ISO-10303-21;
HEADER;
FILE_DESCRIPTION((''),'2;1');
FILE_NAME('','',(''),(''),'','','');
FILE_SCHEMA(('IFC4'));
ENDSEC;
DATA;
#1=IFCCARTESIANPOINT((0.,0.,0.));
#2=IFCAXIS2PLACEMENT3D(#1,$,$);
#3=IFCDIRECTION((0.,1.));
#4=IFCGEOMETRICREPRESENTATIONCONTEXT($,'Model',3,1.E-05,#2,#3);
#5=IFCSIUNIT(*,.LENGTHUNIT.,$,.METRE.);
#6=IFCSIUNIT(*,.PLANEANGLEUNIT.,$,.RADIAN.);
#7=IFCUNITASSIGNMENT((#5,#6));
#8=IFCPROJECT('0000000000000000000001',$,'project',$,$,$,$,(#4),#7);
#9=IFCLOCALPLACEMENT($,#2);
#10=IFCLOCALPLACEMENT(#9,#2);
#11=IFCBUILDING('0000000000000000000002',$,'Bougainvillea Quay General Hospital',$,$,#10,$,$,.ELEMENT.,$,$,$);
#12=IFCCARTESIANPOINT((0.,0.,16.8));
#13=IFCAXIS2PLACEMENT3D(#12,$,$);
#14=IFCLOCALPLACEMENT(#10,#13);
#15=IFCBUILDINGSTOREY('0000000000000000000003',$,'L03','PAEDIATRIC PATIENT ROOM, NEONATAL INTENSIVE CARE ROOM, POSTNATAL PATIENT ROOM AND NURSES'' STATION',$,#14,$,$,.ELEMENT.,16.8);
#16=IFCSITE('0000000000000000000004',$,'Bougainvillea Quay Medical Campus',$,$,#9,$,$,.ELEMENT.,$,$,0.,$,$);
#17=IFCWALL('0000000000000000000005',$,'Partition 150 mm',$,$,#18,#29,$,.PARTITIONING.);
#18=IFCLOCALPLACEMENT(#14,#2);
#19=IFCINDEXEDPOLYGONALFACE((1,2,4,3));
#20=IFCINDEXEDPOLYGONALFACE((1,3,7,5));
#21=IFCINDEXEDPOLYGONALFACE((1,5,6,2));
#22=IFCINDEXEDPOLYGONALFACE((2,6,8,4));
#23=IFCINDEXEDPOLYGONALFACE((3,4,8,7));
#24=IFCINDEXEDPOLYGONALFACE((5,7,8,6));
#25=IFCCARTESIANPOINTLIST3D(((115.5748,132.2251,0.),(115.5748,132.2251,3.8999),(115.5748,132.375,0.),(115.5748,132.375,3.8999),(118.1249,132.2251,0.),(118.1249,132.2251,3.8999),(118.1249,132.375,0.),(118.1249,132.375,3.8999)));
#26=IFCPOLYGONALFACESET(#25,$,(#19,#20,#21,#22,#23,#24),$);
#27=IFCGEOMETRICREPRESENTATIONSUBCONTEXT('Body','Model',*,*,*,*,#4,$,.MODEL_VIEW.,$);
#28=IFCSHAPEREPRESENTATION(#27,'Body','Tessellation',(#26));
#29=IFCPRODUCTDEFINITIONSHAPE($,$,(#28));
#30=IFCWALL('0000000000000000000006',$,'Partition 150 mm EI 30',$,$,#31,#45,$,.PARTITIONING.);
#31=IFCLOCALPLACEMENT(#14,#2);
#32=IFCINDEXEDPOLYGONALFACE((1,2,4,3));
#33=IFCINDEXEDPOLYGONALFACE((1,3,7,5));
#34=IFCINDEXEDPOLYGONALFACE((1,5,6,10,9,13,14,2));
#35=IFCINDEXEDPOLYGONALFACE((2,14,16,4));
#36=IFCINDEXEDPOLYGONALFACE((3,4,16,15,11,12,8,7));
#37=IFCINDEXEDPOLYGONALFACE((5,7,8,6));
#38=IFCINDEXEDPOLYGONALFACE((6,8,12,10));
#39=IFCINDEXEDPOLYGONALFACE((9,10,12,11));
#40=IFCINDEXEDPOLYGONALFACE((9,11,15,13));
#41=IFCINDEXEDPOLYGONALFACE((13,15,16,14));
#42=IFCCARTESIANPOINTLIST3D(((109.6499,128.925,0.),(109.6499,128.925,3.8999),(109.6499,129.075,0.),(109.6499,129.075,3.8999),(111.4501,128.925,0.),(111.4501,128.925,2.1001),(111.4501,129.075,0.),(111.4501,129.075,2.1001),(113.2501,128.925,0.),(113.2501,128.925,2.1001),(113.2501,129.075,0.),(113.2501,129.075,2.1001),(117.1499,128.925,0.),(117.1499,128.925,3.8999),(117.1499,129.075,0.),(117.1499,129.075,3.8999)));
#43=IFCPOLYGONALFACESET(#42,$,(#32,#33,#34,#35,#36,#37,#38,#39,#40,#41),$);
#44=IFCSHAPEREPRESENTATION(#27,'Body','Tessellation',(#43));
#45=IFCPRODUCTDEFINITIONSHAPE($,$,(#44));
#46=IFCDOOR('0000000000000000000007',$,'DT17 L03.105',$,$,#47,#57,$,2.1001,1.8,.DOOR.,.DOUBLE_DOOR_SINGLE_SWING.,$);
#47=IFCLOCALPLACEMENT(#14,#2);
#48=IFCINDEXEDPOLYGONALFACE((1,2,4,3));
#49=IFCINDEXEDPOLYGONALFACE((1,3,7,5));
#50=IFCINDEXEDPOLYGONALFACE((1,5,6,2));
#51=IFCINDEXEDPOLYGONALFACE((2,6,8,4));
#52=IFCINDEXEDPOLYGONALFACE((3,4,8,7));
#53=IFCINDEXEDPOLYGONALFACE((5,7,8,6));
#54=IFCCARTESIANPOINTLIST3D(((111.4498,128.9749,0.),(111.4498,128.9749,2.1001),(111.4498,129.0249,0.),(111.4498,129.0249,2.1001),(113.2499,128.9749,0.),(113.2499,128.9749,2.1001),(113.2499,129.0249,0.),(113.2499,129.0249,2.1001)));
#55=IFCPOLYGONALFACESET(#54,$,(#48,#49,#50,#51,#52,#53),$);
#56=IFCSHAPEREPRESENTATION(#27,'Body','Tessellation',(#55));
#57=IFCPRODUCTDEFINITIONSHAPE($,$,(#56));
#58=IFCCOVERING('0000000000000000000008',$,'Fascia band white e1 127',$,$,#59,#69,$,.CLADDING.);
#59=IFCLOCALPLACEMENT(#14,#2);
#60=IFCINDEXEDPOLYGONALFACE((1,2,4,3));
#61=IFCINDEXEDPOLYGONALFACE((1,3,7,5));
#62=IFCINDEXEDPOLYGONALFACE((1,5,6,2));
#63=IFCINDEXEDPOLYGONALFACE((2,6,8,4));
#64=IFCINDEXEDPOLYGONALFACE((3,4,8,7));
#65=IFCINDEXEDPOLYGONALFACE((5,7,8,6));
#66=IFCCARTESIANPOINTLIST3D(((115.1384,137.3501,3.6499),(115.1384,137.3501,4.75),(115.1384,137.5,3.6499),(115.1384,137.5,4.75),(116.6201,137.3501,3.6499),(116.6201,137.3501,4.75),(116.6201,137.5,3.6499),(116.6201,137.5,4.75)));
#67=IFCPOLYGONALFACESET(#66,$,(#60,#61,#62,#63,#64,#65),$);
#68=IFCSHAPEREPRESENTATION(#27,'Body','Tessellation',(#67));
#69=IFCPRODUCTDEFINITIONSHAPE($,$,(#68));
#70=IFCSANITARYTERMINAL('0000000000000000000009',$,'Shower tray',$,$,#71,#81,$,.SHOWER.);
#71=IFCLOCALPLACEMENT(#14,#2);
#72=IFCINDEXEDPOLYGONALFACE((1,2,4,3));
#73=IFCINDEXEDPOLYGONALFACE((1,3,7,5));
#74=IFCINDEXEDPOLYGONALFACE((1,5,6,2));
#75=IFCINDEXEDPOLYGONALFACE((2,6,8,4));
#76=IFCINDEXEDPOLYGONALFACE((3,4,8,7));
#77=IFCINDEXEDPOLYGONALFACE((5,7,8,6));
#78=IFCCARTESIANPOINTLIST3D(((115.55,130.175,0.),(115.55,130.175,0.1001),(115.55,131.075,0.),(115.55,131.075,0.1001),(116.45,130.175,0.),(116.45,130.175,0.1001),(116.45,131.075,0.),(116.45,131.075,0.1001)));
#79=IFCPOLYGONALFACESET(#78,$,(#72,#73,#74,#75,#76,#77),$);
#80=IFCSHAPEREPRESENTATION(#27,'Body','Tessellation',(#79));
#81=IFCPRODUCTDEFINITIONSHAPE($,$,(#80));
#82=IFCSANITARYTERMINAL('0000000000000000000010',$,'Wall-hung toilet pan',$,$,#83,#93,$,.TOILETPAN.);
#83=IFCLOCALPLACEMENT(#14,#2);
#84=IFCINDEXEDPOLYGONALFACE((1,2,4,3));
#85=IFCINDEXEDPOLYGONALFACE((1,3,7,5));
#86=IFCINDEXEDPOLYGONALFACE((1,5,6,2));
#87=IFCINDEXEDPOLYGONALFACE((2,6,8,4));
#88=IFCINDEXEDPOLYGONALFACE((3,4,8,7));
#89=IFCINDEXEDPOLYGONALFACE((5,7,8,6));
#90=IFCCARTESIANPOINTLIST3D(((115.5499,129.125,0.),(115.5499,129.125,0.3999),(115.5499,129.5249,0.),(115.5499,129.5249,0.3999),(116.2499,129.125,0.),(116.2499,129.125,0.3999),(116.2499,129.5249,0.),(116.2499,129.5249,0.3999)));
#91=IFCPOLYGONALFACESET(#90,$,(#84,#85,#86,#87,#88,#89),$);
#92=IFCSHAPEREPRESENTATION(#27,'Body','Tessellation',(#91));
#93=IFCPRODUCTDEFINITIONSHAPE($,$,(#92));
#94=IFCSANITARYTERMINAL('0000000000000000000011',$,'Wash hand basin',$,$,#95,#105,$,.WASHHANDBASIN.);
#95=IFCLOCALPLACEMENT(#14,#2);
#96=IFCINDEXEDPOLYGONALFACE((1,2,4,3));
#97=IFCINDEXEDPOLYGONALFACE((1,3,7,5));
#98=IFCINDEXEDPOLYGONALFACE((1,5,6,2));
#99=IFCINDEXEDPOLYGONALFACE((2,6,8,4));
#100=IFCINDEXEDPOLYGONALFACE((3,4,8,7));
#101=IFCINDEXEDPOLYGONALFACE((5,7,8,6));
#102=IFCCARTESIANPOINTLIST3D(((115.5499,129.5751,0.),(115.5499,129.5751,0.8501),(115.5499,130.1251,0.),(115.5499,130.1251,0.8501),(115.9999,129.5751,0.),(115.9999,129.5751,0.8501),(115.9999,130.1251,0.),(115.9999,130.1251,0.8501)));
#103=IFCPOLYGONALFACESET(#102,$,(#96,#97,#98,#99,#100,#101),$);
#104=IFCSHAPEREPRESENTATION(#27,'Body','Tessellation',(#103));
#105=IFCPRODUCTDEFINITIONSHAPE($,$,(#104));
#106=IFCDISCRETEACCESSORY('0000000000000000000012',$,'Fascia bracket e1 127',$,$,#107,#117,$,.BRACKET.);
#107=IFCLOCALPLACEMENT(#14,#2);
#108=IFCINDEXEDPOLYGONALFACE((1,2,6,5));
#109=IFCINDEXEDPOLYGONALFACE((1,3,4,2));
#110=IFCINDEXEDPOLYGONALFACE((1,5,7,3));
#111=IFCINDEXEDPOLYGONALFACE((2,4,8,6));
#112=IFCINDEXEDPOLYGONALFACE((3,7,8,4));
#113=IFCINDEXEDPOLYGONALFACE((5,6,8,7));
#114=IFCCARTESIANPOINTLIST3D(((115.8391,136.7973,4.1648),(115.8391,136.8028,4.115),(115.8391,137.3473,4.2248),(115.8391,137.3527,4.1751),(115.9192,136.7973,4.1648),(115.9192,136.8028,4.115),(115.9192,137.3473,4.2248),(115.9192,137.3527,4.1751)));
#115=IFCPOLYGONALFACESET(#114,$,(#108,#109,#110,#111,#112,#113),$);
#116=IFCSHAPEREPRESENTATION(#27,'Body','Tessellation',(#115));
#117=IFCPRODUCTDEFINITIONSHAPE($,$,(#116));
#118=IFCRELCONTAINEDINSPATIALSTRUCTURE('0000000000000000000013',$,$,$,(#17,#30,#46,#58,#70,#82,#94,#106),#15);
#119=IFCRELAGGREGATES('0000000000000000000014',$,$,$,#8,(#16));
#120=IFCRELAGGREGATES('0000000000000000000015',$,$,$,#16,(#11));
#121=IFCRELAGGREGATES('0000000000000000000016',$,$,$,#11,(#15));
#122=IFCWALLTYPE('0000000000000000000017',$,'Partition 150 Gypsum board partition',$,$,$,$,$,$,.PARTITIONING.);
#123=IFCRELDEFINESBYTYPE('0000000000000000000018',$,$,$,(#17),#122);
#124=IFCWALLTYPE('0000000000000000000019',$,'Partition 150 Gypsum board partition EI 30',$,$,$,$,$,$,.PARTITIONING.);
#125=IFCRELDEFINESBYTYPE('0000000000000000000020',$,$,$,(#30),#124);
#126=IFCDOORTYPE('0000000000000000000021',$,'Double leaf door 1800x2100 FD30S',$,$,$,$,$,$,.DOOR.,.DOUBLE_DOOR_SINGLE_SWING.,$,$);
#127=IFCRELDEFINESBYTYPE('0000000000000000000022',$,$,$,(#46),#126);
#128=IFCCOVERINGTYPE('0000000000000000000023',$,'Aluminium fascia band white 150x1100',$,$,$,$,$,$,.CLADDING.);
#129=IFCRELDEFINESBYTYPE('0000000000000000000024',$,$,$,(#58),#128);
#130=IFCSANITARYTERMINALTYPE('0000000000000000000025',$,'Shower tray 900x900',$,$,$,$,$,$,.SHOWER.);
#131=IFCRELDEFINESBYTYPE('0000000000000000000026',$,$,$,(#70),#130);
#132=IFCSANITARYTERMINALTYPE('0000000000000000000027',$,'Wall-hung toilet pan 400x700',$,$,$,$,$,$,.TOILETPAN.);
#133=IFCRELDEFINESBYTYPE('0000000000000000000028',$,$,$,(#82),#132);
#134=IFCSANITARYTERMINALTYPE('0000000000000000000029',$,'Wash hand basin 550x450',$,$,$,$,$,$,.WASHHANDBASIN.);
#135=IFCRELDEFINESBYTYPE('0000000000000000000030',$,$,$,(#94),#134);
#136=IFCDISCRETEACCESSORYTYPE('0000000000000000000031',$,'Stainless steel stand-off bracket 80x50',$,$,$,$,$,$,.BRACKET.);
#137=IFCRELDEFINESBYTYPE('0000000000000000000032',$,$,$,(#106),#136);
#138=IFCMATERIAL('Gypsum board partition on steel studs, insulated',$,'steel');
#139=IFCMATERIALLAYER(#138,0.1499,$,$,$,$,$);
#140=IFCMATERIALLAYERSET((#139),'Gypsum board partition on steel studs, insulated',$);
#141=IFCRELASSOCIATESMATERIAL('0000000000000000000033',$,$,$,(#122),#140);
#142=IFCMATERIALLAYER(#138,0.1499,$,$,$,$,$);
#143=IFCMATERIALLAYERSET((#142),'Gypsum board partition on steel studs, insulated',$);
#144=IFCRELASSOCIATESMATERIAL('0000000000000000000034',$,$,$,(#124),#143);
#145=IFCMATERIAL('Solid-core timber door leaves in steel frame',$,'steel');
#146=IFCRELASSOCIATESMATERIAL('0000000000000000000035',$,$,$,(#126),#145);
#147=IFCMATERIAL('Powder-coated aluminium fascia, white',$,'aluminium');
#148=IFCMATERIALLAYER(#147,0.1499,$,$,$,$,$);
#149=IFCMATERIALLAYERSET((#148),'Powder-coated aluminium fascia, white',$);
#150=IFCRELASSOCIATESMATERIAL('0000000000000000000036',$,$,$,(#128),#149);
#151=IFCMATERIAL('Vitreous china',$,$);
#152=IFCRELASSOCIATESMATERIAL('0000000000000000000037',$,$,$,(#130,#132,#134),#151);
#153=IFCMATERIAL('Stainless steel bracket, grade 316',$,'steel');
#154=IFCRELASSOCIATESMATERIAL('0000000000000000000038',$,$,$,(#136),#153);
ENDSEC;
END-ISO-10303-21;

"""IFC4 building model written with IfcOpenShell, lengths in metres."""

from ifc_helpers import new_model, si_unit, direction, frame, frame_2d, origin, origin_2d, place, context, subcontext, project, spatial, polyline, rectangle, outline, extrude, material, layer, layer_set, material_profile, profile_set, type_object, element, fill, save


model = new_model("IFC4")

# Units and contexts
model_context = context("Model", 3, precision=1e-05, world=origin(), true_north=direction((0.0, 1.0)))
body_context = subcontext(model_context, "Body", "Model", "MODEL_VIEW")
ifc_project = project(units=[si_unit("LENGTHUNIT", "METRE"), si_unit("PLANEANGLEUNIT", "RADIAN")], contexts=[model_context])

# Site, building, storey
site_placement = place(None, origin())
site = spatial("IfcSite", under=ifc_project, at=site_placement, Name="Bougainvillea Quay Medical Campus", CompositionType="ELEMENT", RefElevation=0.0)
building_placement = place(site_placement, origin())
building = spatial("IfcBuilding", under=site, at=building_placement, Name="Bougainvillea Quay General Hospital", CompositionType="ELEMENT")
storey_placement = place(building_placement, frame((0.0, 0.0, 16.8)))
storey = spatial("IfcBuildingStorey", under=building, at=storey_placement, Name="L03", Description="PAEDIATRIC PATIENT ROOM, NEONATAL INTENSIVE CARE ROOM, POSTNATAL PATIENT ROOM AND NURSES' STATION", CompositionType="ELEMENT", Elevation=16.8)

# Wall
ifc_material_1 = material(Name="Gypsum board partition on steel studs, insulated", Category="steel")
ifc_layer_1 = layer(ifc_material_1, 0.1499)
ifc_layer_set_1 = layer_set([ifc_layer_1], Name="Gypsum board partition on steel studs, insulated")
wall_type_1 = type_object("IfcWallType", Name="Partition 150 Gypsum board partition", PredefinedType="PARTITIONING", material=ifc_layer_set_1)
wall_1_placement = place(storey_placement, frame((115.575, 132.3, 0.0), z_axis=(0.0, 0.0, 1.0), x_axis=(1.0, 0.0, 0.0)))
element("IfcWall", 1, at=wall_1_placement, inside=storey, type_object=wall_type_1, Name="Partition 150 mm", PredefinedType="PARTITIONING", context=body_context, shape_type="SweptSolid", body=[
    extrude(rectangle(XDim=2.55, YDim=0.1499, at=frame_2d((1.2749, 0.0))), origin(), (0.0, 0.0, 1.0), 3.8999),
])

# Wall, opening, door
ifc_layer_2 = layer(ifc_material_1, 0.1499)
ifc_layer_set_2 = layer_set([ifc_layer_2], Name="Gypsum board partition on steel studs, insulated")
wall_type_2 = type_object("IfcWallType", Name="Partition 150 Gypsum board partition EI 30", PredefinedType="PARTITIONING", material=ifc_layer_set_2)
wall_2_placement = place(storey_placement, frame((117.1499, 129.0, 0.0), z_axis=(0.0, 0.0, 1.0), x_axis=(-1.0, 0.0, 0.0)))
wall_2 = element("IfcWall", 2, at=wall_2_placement, inside=storey, type_object=wall_type_2, Name="Partition 150 mm EI 30", PredefinedType="PARTITIONING", context=body_context, shape_type="SweptSolid", body=[
    extrude(rectangle(XDim=7.5, YDim=0.1499, at=frame_2d((3.75, 0.0))), origin(), (0.0, 0.0, 1.0), 3.8999),
])
opening_placement = place(wall_2_placement, frame((3.8999, 0.0, 0.0)))
opening = element("IfcOpeningElement", 3, at=opening_placement, cuts=wall_2, PredefinedType="OPENING", context=body_context, shape_type="SweptSolid", body=[
    extrude(rectangle(XDim=1.8, YDim=2.1001, at=frame_2d((0.8999, 1.05))), frame((0.0, 0.085, 0.0), z_axis=(0.0, -1.0, 0.0), x_axis=(1.0, 0.0, 0.0)), (0.0, 0.0, 1.0), 0.1699),
])
ifc_material_2 = material(Name="Solid-core timber door leaves in steel frame", Category="steel")
door_type = type_object("IfcDoorType", Name="Double leaf door 1800x2100 FD30S", OperationType="DOUBLE_DOOR_SINGLE_SWING", PredefinedType="DOOR", material=ifc_material_2)
door_placement = place(opening_placement, frame((1.8, 0.0, 0.0), z_axis=(0.0, 0.0, 1.0), x_axis=(-1.0, 0.0, 0.0)))
door = element("IfcDoor", 4, at=door_placement, inside=storey, type_object=door_type, Name="DT17 L03.105", OperationType="DOUBLE_DOOR_SINGLE_SWING", OverallHeight=2.1001, OverallWidth=1.8, PredefinedType="DOOR", context=body_context, shape_type="SweptSolid", body=[
    extrude(rectangle(XDim=1.8, YDim=2.1001, at=frame_2d((0.8999, 1.05))), frame((0.0, 0.0249, 0.0), z_axis=(0.0, -1.0, 0.0), x_axis=(1.0, 0.0, 0.0)), (0.0, 0.0, 1.0), 0.05),
])
fill(opening, door)

# Covering
ifc_material_3 = material(Name="Powder-coated aluminium fascia, white", Category="aluminium")
ifc_layer_3 = layer(ifc_material_3, 0.1499)
ifc_layer_set_3 = layer_set([ifc_layer_3], Name="Powder-coated aluminium fascia, white")
covering_type = type_object("IfcCoveringType", Name="Aluminium fascia band white 150x1100", PredefinedType="CLADDING", material=ifc_layer_set_3)
covering_placement = place(storey_placement, frame((116.6201, 137.3501, 3.6499), z_axis=(0.0, 0.0, 1.0), x_axis=(-1.0, 0.0, 0.0)))
element("IfcCovering", 5, at=covering_placement, inside=storey, type_object=covering_type, Name="Fascia band white e1 127", PredefinedType="CLADDING", context=body_context, shape_type="SweptSolid", body=[
    extrude(outline(polyline([(0.0, 0.0), (1.4817, 0.0), (1.4817, -0.1499), (0.0, -0.1499), (0.0, 0.0)])), origin(), (0.0, 0.0, 1.0), 1.1001),
])

# Sanitary terminals
ifc_material_4 = material(Name="Vitreous china")
sanitary_terminal_type_1 = type_object("IfcSanitaryTerminalType", Name="Shower tray 900x900", PredefinedType="SHOWER", material=ifc_material_4)
sanitary_terminal_1_placement = place(storey_placement, frame((116.0, 130.625, 0.0), z_axis=(0.0, 0.0, 1.0), x_axis=(0.0, 1.0, 0.0)))
element("IfcSanitaryTerminal", 6, at=sanitary_terminal_1_placement, inside=storey, type_object=sanitary_terminal_type_1, Name="Shower tray", PredefinedType="SHOWER", context=body_context, shape_type="SweptSolid", body=[
    extrude(rectangle(XDim=0.8999, YDim=0.8999, at=origin_2d()), origin(), (0.0, 0.0, 1.0), 0.1001),
])
sanitary_terminal_type_2 = type_object("IfcSanitaryTerminalType", Name="Wall-hung toilet pan 400x700", PredefinedType="TOILETPAN", material=ifc_material_4)
sanitary_terminal_2_placement = place(storey_placement, frame((115.8999, 129.325, 0.0), z_axis=(0.0, 0.0, 1.0), x_axis=(0.0, 1.0, 0.0)))
element("IfcSanitaryTerminal", 7, at=sanitary_terminal_2_placement, inside=storey, type_object=sanitary_terminal_type_2, Name="Wall-hung toilet pan", PredefinedType="TOILETPAN", context=body_context, shape_type="SweptSolid", body=[
    extrude(rectangle(XDim=0.3999, YDim=0.7, at=origin_2d()), origin(), (0.0, 0.0, 1.0), 0.3999),
])
sanitary_terminal_type_3 = type_object("IfcSanitaryTerminalType", Name="Wash hand basin 550x450", PredefinedType="WASHHANDBASIN", material=ifc_material_4)
sanitary_terminal_3_placement = place(storey_placement, frame((115.7749, 129.8501, 0.0), z_axis=(0.0, 0.0, 1.0), x_axis=(0.0, 1.0, 0.0)))
element("IfcSanitaryTerminal", 8, at=sanitary_terminal_3_placement, inside=storey, type_object=sanitary_terminal_type_3, Name="Wash hand basin", PredefinedType="WASHHANDBASIN", context=body_context, shape_type="SweptSolid", body=[
    extrude(rectangle(XDim=0.55, YDim=0.45, at=origin_2d()), origin(), (0.0, 0.0, 1.0), 0.8501),
])

# Discrete accessory
ifc_material_5 = material(Name="Stainless steel bracket, grade 316", Category="steel")
ifc_material_profile_1 = material_profile(ifc_material_5, rectangle(XDim=0.0801, YDim=0.05, at=origin_2d()))
ifc_profile_set_1 = profile_set([ifc_material_profile_1], Name="Stainless steel bracket, grade 316")
discrete_accessory_type = type_object("IfcDiscreteAccessoryType", Name="Stainless steel stand-off bracket 80x50", PredefinedType="BRACKET", material=ifc_profile_set_1)
discrete_accessory_placement = place(storey_placement, frame((115.8792, 136.8, 4.1399), z_axis=(0.0, 0.994092, 0.108543), x_axis=(-1.0, 0.0, 0.0)))
element("IfcDiscreteAccessory", 9, at=discrete_accessory_placement, inside=storey, type_object=discrete_accessory_type, Name="Fascia bracket e1 127", PredefinedType="BRACKET", context=body_context, shape_type="SweptSolid", body=[
    extrude(rectangle(XDim=0.0801, YDim=0.05, at=origin_2d()), origin(), (0.0, 0.0, 1.0), 0.5532),
])

save(model, "model.ifc")
